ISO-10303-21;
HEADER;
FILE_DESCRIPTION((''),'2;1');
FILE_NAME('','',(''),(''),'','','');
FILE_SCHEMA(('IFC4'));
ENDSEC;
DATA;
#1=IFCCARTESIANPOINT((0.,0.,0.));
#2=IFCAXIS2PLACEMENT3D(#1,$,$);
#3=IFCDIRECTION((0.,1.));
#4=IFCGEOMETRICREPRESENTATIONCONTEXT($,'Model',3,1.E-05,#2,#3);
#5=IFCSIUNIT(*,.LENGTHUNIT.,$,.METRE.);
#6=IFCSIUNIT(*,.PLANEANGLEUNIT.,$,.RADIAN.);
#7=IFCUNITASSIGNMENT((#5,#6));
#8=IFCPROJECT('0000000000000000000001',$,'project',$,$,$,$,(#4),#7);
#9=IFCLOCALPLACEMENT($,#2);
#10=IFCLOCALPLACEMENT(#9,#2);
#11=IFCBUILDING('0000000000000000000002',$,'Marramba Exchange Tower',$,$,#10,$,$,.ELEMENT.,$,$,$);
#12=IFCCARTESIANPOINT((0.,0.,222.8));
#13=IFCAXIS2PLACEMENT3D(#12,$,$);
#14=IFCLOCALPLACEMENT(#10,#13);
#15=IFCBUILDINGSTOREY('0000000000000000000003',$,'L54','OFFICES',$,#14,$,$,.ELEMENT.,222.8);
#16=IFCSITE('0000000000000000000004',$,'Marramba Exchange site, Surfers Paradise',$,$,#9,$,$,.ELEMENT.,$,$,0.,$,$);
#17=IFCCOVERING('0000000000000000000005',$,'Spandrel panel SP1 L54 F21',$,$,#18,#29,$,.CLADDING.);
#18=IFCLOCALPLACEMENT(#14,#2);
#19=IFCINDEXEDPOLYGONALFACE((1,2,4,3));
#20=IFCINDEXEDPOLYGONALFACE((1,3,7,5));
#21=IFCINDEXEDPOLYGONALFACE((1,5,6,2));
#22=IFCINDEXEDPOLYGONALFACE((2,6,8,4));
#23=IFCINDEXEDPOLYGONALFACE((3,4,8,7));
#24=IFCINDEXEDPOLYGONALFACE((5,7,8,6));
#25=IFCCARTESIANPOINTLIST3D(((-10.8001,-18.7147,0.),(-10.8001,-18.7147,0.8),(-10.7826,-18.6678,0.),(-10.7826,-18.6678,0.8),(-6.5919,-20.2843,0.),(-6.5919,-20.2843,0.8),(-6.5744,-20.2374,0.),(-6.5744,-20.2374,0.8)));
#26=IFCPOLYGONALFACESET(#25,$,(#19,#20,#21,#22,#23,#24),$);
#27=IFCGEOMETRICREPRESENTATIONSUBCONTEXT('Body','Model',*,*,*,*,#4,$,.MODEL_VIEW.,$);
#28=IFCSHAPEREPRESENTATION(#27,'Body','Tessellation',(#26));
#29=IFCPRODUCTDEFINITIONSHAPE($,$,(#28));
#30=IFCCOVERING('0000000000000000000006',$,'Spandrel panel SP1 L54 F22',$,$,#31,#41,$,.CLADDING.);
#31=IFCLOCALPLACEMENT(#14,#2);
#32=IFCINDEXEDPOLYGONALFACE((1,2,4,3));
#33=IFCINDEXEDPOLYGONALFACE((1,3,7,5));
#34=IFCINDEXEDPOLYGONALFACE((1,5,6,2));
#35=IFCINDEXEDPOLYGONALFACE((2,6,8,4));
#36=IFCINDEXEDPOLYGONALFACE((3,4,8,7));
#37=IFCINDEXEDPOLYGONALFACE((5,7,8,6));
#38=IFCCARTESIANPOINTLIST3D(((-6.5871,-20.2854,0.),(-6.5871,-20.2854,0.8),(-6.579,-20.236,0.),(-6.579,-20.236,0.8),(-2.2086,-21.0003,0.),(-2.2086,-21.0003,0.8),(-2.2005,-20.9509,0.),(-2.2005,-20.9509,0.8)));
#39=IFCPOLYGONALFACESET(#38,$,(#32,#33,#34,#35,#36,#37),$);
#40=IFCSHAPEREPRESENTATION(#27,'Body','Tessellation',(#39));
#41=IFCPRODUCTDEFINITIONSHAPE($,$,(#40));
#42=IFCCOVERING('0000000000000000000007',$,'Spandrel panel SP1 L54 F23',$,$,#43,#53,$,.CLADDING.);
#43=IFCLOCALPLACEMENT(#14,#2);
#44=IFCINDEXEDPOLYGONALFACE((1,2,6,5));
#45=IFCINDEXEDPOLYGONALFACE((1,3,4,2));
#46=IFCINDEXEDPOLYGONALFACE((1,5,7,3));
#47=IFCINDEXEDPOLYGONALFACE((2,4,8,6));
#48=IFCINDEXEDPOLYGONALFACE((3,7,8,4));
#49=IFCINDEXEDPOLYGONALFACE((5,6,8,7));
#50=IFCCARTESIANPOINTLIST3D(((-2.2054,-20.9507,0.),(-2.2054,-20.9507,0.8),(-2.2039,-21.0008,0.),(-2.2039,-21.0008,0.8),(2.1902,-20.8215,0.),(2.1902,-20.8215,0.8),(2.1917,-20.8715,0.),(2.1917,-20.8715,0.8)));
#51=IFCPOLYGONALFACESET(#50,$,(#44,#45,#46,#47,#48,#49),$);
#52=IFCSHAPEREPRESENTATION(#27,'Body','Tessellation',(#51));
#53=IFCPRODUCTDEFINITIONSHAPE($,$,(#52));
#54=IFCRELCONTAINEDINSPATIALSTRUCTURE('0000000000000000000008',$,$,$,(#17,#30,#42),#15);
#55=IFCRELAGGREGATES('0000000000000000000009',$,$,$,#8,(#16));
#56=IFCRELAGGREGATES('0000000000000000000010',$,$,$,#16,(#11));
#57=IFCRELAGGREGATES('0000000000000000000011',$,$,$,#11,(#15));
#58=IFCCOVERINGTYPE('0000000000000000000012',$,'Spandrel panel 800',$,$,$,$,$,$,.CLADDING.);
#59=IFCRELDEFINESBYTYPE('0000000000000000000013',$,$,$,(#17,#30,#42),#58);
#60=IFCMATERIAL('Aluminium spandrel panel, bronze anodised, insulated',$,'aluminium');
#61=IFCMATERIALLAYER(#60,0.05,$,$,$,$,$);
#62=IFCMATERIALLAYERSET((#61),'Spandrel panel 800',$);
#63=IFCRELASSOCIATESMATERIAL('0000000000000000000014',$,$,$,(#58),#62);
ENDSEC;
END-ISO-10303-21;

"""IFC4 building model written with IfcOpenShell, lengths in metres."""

from ifc_helpers import new_model, si_unit, direction, frame, origin, origin_2d, place, context, subcontext, project, spatial, rectangle, extrude, material, layer, layer_set, type_object, element, save


model = new_model("IFC4")

# Units and contexts
model_context = context("Model", 3, precision=1e-05, world=origin(), true_north=direction((0.0, 1.0)))
body_context = subcontext(model_context, "Body", "Model", "MODEL_VIEW")
ifc_project = project(units=[si_unit("LENGTHUNIT", "METRE"), si_unit("PLANEANGLEUNIT", "RADIAN")], contexts=[model_context])

# Site, building, storey
site_placement = place(None, origin())
site = spatial("IfcSite", under=ifc_project, at=site_placement, Name="Marramba Exchange site, Surfers Paradise", CompositionType="ELEMENT", RefElevation=0.0)
building_placement = place(site_placement, origin())
building = spatial("IfcBuilding", under=site, at=building_placement, Name="Marramba Exchange Tower", CompositionType="ELEMENT")
storey_placement = place(building_placement, frame((0.0, 0.0, 222.8)))
storey = spatial("IfcBuildingStorey", under=building, at=storey_placement, Name="L54", Description="OFFICES", CompositionType="ELEMENT", Elevation=222.8)

# Coverings
ifc_material_1 = material(Name="Aluminium spandrel panel, bronze anodised, insulated", Category="aluminium")
ifc_layer_1 = layer(ifc_material_1, 0.05)
ifc_layer_set_1 = layer_set([ifc_layer_1], Name="Spandrel panel 800")
covering_type = type_object("IfcCoveringType", Name="Spandrel panel 800", PredefinedType="CLADDING", material=ifc_layer_set_1)
covering_1_placement = place(storey_placement, frame((-8.6873, -19.4761, 0.0), z_axis=(0.0, 0.0, 1.0), x_axis=(0.936952, -0.349459, 0.0)))
element("IfcCovering", 1, at=covering_1_placement, inside=storey, type_object=covering_type, Name="Spandrel panel SP1 L54 F21", PredefinedType="CLADDING", context=body_context, shape_type="SweptSolid", body=[
    extrude(rectangle(XDim=4.4915, YDim=0.05, at=origin_2d()), origin(), (0.0, 0.0, 1.0), 0.8),
])
covering_2_placement = place(storey_placement, frame((-4.3938, -20.6182, 0.0), z_axis=(0.0, 0.0, 1.0), x_axis=(0.986931, -0.161146, 0.0)))
element("IfcCovering", 2, at=covering_2_placement, inside=storey, type_object=covering_type, Name="Spandrel panel SP1 L54 F22", PredefinedType="CLADDING", context=body_context, shape_type="SweptSolid", body=[
    extrude(rectangle(XDim=4.4365, YDim=0.05, at=origin_2d()), origin(), (0.0, 0.0, 1.0), 0.8),
])
covering_3_placement = place(storey_placement, frame((-0.0068, -20.9111, 0.0), z_axis=(0.0, 0.0, 1.0), x_axis=(0.999568, 0.029393, 0.0)))
element("IfcCovering", 3, at=covering_3_placement, inside=storey, type_object=covering_type, Name="Spandrel panel SP1 L54 F23", PredefinedType="CLADDING", context=body_context, shape_type="SweptSolid", body=[
    extrude(rectangle(XDim=4.3975, YDim=0.05, at=origin_2d()), origin(), (0.0, 0.0, 1.0), 0.8),
])

save(model, "model.ifc")
